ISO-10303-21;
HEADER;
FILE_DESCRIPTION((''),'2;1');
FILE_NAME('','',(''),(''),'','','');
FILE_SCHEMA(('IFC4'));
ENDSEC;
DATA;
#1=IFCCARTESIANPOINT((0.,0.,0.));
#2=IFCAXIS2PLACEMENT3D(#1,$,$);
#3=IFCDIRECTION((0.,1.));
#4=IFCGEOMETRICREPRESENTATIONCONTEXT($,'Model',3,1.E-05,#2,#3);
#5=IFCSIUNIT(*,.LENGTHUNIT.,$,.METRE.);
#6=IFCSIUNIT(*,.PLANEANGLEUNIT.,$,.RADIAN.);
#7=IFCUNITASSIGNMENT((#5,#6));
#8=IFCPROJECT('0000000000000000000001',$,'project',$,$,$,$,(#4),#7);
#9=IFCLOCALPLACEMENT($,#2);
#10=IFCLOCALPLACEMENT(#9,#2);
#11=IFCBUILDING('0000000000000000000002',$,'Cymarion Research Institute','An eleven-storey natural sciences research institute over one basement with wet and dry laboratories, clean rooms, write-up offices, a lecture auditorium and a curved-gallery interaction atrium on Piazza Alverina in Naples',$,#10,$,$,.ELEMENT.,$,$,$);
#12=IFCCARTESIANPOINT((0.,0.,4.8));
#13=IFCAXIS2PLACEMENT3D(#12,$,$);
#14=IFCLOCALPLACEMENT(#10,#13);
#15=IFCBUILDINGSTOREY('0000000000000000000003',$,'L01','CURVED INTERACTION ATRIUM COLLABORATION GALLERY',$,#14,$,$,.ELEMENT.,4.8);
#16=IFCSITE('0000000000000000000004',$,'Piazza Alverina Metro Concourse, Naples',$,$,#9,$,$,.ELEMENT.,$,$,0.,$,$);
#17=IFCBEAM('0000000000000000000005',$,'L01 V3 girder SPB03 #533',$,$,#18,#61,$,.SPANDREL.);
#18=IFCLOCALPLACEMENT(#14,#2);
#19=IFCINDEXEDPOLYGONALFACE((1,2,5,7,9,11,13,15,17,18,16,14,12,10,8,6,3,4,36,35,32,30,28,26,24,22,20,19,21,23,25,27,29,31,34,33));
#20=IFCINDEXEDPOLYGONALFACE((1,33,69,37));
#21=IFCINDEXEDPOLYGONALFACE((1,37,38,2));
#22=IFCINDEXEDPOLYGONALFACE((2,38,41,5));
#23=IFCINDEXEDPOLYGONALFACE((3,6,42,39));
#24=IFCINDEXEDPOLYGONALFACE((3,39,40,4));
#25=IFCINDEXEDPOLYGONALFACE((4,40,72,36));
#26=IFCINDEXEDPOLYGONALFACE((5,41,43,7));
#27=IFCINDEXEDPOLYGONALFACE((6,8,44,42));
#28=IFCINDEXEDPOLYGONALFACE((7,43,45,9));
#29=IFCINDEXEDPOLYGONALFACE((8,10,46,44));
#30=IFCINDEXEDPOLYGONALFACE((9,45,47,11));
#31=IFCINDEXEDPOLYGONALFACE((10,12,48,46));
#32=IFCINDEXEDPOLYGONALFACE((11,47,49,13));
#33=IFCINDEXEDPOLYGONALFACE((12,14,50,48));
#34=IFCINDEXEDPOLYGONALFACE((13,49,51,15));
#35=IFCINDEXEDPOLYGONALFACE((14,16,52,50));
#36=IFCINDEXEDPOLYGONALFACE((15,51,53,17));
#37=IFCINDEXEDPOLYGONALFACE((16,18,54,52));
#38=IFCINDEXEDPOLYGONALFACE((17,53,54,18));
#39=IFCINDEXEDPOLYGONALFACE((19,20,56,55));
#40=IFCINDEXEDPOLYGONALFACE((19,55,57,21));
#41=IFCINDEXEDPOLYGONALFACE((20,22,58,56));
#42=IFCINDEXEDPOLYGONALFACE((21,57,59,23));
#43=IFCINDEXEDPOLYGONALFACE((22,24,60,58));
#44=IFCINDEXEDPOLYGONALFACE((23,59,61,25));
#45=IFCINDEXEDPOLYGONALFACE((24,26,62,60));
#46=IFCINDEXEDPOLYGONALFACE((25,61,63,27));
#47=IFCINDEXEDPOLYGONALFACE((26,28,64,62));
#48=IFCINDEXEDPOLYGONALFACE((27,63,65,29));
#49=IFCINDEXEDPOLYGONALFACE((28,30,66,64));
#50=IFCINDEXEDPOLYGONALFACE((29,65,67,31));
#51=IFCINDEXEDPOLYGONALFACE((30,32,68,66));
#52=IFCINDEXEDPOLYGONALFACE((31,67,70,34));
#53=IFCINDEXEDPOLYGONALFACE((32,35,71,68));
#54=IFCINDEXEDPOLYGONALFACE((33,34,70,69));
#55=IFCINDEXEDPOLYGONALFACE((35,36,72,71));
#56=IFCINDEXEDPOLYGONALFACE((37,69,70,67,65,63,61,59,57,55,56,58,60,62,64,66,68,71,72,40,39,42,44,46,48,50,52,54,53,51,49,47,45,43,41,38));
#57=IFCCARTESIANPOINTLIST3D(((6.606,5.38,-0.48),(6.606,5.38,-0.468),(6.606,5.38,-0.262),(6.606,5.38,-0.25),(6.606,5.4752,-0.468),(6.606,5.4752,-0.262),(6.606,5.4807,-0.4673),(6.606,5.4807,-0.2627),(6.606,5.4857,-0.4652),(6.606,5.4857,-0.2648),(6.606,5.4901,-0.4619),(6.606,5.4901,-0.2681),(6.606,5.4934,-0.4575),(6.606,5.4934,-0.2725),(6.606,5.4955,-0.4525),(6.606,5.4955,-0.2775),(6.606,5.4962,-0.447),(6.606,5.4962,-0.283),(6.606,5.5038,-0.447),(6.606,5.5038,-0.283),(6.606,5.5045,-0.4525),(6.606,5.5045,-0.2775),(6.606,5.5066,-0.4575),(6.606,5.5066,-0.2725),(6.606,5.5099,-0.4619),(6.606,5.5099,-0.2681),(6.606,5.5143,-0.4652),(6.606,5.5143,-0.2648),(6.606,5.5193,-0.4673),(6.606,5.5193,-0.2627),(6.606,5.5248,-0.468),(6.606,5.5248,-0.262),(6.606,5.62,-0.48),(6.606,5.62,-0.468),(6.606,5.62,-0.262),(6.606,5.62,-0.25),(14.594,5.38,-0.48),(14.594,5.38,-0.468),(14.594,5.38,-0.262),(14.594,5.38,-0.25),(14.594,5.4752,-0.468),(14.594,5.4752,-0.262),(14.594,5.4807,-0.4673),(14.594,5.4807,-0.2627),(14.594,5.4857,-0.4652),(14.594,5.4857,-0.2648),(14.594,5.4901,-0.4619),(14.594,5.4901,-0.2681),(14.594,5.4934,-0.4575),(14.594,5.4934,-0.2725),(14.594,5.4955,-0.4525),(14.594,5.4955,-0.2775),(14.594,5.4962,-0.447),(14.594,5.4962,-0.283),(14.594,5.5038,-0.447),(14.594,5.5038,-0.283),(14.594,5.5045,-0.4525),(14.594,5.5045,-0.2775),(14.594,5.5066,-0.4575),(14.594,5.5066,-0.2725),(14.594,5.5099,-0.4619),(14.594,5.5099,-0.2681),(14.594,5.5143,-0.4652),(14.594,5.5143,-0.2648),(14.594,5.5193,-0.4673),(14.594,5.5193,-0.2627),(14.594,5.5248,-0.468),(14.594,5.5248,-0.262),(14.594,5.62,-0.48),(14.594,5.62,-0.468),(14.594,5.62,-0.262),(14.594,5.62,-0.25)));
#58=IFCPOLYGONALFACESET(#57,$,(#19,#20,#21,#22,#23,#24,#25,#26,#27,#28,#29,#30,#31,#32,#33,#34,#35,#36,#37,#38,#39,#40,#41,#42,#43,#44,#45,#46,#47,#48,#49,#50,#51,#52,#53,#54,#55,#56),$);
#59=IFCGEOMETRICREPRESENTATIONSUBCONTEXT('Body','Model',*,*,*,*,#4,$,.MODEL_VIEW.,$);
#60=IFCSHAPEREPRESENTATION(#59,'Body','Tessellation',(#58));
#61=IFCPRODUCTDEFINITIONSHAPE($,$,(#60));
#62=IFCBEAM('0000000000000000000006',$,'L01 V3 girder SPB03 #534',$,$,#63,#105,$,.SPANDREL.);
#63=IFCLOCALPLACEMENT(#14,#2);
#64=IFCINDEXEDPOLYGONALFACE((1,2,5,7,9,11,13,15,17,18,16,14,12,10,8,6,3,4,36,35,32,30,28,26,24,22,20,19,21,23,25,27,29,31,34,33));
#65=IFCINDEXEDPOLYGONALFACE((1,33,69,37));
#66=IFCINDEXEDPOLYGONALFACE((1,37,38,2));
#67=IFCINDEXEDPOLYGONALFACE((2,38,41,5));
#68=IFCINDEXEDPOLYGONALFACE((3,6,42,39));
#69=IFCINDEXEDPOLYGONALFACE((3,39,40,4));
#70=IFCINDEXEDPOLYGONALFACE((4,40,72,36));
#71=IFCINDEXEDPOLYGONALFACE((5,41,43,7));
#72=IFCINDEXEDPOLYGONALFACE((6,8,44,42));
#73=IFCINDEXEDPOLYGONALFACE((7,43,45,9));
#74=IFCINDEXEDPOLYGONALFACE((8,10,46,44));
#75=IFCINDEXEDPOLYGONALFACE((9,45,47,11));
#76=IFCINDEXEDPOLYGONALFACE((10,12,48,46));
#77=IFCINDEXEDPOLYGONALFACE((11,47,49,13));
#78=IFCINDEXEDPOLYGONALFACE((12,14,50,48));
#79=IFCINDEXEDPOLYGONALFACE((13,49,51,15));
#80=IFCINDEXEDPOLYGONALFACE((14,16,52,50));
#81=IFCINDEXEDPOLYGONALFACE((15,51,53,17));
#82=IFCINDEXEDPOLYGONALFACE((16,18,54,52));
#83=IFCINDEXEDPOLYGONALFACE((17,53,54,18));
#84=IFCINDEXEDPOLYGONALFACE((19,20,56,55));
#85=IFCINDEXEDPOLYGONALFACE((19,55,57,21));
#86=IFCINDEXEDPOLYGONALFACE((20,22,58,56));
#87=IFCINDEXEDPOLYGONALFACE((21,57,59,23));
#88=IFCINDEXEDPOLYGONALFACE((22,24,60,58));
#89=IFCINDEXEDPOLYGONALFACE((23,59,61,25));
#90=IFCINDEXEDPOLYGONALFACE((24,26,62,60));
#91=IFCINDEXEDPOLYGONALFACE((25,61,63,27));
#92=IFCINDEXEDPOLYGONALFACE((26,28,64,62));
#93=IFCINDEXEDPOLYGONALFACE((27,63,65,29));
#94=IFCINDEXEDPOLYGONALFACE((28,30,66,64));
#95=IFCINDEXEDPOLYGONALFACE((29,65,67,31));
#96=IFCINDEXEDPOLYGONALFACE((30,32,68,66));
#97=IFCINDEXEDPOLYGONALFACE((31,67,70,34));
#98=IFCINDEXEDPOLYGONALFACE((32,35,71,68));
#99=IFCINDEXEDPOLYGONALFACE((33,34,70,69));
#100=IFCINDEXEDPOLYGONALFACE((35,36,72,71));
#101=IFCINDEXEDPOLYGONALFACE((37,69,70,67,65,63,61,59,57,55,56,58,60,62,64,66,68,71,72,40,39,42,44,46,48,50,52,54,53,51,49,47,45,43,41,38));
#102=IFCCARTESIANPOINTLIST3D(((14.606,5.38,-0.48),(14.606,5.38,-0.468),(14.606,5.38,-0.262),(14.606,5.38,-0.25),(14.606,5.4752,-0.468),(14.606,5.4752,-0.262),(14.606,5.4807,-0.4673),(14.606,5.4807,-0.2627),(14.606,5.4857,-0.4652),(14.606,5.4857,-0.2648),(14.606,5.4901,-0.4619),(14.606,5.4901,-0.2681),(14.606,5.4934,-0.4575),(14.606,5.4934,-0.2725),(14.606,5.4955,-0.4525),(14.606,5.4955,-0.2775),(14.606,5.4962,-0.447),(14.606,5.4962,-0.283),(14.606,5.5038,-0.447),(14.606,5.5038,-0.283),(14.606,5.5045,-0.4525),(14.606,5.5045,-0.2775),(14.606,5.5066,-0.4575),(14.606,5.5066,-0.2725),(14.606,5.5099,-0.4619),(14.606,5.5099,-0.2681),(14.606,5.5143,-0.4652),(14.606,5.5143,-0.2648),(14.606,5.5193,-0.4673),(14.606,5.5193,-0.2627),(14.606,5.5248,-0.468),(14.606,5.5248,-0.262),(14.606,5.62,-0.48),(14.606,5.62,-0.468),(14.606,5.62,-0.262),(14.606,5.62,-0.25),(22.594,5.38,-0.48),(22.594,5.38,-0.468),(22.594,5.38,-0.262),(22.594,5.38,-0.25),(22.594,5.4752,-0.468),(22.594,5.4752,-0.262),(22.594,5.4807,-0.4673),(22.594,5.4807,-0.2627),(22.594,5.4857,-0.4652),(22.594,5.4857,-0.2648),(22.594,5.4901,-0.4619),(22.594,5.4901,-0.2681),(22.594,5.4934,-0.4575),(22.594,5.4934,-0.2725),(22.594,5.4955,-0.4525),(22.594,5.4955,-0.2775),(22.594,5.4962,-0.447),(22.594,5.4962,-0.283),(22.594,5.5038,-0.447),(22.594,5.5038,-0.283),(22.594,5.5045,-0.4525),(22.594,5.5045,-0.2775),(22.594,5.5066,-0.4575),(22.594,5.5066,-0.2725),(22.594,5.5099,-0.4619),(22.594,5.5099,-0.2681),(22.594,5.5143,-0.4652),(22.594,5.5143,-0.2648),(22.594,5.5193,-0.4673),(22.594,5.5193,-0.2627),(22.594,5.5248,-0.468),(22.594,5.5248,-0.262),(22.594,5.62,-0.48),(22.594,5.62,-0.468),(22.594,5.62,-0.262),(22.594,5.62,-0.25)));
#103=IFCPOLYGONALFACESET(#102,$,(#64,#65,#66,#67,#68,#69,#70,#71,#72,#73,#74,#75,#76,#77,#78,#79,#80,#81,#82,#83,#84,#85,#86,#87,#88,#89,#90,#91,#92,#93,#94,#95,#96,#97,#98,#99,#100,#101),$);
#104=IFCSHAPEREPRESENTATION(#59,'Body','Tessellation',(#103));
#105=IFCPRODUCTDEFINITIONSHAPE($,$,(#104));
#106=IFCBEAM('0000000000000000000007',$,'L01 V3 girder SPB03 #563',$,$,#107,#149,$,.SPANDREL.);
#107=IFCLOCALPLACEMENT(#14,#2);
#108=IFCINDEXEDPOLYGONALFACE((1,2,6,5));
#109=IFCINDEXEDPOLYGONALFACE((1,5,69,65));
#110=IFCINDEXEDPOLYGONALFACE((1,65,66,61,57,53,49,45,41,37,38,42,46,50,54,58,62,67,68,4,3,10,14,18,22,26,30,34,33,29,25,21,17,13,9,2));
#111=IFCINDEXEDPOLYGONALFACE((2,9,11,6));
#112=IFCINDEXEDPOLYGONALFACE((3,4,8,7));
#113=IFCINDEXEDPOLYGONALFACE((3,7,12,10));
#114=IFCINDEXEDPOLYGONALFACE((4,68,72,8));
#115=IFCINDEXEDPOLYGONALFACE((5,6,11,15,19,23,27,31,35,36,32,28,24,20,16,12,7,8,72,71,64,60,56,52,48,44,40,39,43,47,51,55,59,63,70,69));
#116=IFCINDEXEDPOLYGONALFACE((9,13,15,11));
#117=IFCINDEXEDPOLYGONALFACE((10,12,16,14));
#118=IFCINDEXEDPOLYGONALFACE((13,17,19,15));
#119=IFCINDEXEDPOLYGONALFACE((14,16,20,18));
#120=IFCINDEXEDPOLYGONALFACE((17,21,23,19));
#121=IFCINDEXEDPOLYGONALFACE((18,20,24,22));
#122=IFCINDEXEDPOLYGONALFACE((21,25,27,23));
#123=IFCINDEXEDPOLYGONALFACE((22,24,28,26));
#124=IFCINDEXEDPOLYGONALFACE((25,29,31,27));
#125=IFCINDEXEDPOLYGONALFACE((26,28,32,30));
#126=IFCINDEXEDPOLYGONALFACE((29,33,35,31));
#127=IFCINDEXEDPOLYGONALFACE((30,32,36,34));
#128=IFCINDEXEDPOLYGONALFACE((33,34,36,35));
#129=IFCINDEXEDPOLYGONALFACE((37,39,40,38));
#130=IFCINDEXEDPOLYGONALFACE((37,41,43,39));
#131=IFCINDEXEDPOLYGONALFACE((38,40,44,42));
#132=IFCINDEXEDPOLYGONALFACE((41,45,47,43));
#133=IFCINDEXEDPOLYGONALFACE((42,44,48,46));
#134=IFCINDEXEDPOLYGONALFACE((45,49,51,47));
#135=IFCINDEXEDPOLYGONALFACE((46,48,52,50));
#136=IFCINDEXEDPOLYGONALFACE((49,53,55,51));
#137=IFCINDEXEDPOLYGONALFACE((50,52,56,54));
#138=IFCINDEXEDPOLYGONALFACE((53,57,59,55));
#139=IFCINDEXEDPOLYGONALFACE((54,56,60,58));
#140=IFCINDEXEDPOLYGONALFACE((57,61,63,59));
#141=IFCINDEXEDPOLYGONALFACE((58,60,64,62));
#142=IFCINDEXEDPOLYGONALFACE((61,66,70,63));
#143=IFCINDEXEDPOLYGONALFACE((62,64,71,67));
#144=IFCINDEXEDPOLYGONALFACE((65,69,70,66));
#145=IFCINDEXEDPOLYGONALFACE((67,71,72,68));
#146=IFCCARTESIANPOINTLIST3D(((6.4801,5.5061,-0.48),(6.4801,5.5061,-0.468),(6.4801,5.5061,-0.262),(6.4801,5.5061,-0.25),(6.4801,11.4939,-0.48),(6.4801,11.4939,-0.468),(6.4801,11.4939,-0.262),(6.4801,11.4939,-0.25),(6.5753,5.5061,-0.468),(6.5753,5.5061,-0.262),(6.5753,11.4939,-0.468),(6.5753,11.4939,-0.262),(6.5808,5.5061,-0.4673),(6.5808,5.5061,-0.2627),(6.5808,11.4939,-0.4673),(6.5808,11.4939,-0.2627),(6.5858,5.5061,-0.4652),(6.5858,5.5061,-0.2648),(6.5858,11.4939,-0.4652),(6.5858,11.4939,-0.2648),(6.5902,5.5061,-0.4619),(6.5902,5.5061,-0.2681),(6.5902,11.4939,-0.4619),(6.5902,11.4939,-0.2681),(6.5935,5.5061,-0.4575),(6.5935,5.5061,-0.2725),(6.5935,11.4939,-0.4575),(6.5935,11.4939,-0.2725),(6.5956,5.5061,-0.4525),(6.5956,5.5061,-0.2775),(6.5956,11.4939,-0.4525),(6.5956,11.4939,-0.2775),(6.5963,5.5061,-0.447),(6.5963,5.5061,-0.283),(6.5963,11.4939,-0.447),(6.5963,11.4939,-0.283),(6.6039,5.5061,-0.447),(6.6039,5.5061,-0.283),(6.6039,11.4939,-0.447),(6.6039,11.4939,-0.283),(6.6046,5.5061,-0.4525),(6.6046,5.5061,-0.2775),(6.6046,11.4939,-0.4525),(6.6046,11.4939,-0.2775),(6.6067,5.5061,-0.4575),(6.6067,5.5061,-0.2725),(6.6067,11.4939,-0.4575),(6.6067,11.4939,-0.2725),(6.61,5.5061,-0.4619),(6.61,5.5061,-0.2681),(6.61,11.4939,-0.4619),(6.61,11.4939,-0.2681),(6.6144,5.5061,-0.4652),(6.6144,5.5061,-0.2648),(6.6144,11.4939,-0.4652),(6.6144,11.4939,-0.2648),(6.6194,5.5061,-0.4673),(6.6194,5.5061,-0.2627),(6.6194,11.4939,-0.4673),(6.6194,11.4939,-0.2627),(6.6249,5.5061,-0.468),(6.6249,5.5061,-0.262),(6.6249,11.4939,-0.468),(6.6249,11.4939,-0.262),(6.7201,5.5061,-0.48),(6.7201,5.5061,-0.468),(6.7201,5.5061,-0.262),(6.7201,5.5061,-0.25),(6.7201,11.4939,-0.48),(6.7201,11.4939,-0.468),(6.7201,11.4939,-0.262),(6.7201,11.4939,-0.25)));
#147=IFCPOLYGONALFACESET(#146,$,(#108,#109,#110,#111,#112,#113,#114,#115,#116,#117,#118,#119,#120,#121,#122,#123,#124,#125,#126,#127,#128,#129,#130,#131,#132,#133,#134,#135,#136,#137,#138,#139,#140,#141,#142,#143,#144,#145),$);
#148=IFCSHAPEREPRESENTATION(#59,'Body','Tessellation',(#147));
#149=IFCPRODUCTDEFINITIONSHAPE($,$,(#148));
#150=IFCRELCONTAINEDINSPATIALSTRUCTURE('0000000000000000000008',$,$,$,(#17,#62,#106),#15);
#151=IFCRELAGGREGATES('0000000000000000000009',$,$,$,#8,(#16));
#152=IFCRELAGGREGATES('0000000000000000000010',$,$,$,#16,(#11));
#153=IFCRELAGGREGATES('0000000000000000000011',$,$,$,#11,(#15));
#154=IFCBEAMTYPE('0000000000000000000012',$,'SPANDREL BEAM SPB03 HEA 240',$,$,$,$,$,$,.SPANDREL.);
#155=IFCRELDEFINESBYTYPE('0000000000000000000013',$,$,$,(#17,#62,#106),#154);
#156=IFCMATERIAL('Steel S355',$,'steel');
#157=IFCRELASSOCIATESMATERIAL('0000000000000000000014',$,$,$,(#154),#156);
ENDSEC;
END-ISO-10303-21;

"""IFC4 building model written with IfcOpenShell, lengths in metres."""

from ifc_helpers import new_model, si_unit, direction, frame, origin, origin_2d, place, context, subcontext, project, spatial, i_section, extrude, material, material_profile, profile_set, type_object, element, save


model = new_model("IFC4")

# Units and contexts
model_context = context("Model", 3, precision=1e-05, world=origin(), true_north=direction((0.0, 1.0)))
body_context = subcontext(model_context, "Body", "Model", "MODEL_VIEW")
ifc_project = project(units=[si_unit("LENGTHUNIT", "METRE"), si_unit("PLANEANGLEUNIT", "RADIAN")], contexts=[model_context])

# Site, building, storey
site_placement = place(None, origin())
site = spatial("IfcSite", under=ifc_project, at=site_placement, Name="Piazza Alverina Metro Concourse, Naples", CompositionType="ELEMENT", RefElevation=0.0)
building_placement = place(site_placement, origin())
building = spatial("IfcBuilding", under=site, at=building_placement, Name="Cymarion Research Institute", Description="An eleven-storey natural sciences research institute over one basement with wet and dry laboratories, clean rooms, write-up offices, a lecture auditorium and a curved-gallery interaction atrium on Piazza Alverina in Naples", CompositionType="ELEMENT")
storey_placement = place(building_placement, frame((0.0, 0.0, 4.8)))
storey = spatial("IfcBuildingStorey", under=building, at=storey_placement, Name="L01", Description="CURVED INTERACTION ATRIUM COLLABORATION GALLERY", CompositionType="ELEMENT", Elevation=4.8)

# Shared definitions
ifc_material_1 = material(Name="Steel S355", Category="steel")

# Beams
ifc_material_profile_1 = material_profile(ifc_material_1, i_section(OverallWidth=0.24, OverallDepth=0.23, WebThickness=0.0076, FlangeThickness=0.012, FilletRadius=0.021, at=origin_2d()), Name="HEA 240")
ifc_profile_set_1 = profile_set([ifc_material_profile_1], Name="Steel S355")
beam_type_1 = type_object("IfcBeamType", Name="SPANDREL BEAM SPB03 HEA 240", PredefinedType="SPANDREL", material=ifc_profile_set_1)
for number, where, z_axis, x_axis, name in (
    (1, (6.606, 5.5, -0.365), (1.0, 0.0, 0.0), (0.0, 1.0, 0.0), "L01 V3 girder SPB03 #533"),
    (2, (14.606, 5.5, -0.365), (1.0, 0.0, 0.0), (0.0, 1.0, 0.0), "L01 V3 girder SPB03 #534"),
):
    element("IfcBeam", number, at=place(storey_placement, frame(where, z_axis=z_axis, x_axis=x_axis)), inside=storey, type_object=beam_type_1, Name=name, PredefinedType="SPANDREL", context=body_context, shape_type="SweptSolid", body=[
        extrude(i_section(OverallWidth=0.24, OverallDepth=0.23, WebThickness=0.0076, FlangeThickness=0.012, FilletRadius=0.021, at=origin_2d()), origin(), (0.0, 0.0, 1.0), 7.988),
    ])
beam_1_placement = place(storey_placement, frame((6.6001, 5.5061, -0.365), z_axis=(0.0, 1.0, 0.0), x_axis=(-1.0, 0.0, 0.0)))
element("IfcBeam", 3, at=beam_1_placement, inside=storey, type_object=beam_type_1, Name="L01 V3 girder SPB03 #563", PredefinedType="SPANDREL", context=body_context, shape_type="SweptSolid", body=[
    extrude(i_section(OverallWidth=0.24, OverallDepth=0.23, WebThickness=0.0076, FlangeThickness=0.012, FilletRadius=0.021, at=origin_2d()), origin(), (0.0, 0.0, 1.0), 5.9878),
])

save(model, "model.ifc")
